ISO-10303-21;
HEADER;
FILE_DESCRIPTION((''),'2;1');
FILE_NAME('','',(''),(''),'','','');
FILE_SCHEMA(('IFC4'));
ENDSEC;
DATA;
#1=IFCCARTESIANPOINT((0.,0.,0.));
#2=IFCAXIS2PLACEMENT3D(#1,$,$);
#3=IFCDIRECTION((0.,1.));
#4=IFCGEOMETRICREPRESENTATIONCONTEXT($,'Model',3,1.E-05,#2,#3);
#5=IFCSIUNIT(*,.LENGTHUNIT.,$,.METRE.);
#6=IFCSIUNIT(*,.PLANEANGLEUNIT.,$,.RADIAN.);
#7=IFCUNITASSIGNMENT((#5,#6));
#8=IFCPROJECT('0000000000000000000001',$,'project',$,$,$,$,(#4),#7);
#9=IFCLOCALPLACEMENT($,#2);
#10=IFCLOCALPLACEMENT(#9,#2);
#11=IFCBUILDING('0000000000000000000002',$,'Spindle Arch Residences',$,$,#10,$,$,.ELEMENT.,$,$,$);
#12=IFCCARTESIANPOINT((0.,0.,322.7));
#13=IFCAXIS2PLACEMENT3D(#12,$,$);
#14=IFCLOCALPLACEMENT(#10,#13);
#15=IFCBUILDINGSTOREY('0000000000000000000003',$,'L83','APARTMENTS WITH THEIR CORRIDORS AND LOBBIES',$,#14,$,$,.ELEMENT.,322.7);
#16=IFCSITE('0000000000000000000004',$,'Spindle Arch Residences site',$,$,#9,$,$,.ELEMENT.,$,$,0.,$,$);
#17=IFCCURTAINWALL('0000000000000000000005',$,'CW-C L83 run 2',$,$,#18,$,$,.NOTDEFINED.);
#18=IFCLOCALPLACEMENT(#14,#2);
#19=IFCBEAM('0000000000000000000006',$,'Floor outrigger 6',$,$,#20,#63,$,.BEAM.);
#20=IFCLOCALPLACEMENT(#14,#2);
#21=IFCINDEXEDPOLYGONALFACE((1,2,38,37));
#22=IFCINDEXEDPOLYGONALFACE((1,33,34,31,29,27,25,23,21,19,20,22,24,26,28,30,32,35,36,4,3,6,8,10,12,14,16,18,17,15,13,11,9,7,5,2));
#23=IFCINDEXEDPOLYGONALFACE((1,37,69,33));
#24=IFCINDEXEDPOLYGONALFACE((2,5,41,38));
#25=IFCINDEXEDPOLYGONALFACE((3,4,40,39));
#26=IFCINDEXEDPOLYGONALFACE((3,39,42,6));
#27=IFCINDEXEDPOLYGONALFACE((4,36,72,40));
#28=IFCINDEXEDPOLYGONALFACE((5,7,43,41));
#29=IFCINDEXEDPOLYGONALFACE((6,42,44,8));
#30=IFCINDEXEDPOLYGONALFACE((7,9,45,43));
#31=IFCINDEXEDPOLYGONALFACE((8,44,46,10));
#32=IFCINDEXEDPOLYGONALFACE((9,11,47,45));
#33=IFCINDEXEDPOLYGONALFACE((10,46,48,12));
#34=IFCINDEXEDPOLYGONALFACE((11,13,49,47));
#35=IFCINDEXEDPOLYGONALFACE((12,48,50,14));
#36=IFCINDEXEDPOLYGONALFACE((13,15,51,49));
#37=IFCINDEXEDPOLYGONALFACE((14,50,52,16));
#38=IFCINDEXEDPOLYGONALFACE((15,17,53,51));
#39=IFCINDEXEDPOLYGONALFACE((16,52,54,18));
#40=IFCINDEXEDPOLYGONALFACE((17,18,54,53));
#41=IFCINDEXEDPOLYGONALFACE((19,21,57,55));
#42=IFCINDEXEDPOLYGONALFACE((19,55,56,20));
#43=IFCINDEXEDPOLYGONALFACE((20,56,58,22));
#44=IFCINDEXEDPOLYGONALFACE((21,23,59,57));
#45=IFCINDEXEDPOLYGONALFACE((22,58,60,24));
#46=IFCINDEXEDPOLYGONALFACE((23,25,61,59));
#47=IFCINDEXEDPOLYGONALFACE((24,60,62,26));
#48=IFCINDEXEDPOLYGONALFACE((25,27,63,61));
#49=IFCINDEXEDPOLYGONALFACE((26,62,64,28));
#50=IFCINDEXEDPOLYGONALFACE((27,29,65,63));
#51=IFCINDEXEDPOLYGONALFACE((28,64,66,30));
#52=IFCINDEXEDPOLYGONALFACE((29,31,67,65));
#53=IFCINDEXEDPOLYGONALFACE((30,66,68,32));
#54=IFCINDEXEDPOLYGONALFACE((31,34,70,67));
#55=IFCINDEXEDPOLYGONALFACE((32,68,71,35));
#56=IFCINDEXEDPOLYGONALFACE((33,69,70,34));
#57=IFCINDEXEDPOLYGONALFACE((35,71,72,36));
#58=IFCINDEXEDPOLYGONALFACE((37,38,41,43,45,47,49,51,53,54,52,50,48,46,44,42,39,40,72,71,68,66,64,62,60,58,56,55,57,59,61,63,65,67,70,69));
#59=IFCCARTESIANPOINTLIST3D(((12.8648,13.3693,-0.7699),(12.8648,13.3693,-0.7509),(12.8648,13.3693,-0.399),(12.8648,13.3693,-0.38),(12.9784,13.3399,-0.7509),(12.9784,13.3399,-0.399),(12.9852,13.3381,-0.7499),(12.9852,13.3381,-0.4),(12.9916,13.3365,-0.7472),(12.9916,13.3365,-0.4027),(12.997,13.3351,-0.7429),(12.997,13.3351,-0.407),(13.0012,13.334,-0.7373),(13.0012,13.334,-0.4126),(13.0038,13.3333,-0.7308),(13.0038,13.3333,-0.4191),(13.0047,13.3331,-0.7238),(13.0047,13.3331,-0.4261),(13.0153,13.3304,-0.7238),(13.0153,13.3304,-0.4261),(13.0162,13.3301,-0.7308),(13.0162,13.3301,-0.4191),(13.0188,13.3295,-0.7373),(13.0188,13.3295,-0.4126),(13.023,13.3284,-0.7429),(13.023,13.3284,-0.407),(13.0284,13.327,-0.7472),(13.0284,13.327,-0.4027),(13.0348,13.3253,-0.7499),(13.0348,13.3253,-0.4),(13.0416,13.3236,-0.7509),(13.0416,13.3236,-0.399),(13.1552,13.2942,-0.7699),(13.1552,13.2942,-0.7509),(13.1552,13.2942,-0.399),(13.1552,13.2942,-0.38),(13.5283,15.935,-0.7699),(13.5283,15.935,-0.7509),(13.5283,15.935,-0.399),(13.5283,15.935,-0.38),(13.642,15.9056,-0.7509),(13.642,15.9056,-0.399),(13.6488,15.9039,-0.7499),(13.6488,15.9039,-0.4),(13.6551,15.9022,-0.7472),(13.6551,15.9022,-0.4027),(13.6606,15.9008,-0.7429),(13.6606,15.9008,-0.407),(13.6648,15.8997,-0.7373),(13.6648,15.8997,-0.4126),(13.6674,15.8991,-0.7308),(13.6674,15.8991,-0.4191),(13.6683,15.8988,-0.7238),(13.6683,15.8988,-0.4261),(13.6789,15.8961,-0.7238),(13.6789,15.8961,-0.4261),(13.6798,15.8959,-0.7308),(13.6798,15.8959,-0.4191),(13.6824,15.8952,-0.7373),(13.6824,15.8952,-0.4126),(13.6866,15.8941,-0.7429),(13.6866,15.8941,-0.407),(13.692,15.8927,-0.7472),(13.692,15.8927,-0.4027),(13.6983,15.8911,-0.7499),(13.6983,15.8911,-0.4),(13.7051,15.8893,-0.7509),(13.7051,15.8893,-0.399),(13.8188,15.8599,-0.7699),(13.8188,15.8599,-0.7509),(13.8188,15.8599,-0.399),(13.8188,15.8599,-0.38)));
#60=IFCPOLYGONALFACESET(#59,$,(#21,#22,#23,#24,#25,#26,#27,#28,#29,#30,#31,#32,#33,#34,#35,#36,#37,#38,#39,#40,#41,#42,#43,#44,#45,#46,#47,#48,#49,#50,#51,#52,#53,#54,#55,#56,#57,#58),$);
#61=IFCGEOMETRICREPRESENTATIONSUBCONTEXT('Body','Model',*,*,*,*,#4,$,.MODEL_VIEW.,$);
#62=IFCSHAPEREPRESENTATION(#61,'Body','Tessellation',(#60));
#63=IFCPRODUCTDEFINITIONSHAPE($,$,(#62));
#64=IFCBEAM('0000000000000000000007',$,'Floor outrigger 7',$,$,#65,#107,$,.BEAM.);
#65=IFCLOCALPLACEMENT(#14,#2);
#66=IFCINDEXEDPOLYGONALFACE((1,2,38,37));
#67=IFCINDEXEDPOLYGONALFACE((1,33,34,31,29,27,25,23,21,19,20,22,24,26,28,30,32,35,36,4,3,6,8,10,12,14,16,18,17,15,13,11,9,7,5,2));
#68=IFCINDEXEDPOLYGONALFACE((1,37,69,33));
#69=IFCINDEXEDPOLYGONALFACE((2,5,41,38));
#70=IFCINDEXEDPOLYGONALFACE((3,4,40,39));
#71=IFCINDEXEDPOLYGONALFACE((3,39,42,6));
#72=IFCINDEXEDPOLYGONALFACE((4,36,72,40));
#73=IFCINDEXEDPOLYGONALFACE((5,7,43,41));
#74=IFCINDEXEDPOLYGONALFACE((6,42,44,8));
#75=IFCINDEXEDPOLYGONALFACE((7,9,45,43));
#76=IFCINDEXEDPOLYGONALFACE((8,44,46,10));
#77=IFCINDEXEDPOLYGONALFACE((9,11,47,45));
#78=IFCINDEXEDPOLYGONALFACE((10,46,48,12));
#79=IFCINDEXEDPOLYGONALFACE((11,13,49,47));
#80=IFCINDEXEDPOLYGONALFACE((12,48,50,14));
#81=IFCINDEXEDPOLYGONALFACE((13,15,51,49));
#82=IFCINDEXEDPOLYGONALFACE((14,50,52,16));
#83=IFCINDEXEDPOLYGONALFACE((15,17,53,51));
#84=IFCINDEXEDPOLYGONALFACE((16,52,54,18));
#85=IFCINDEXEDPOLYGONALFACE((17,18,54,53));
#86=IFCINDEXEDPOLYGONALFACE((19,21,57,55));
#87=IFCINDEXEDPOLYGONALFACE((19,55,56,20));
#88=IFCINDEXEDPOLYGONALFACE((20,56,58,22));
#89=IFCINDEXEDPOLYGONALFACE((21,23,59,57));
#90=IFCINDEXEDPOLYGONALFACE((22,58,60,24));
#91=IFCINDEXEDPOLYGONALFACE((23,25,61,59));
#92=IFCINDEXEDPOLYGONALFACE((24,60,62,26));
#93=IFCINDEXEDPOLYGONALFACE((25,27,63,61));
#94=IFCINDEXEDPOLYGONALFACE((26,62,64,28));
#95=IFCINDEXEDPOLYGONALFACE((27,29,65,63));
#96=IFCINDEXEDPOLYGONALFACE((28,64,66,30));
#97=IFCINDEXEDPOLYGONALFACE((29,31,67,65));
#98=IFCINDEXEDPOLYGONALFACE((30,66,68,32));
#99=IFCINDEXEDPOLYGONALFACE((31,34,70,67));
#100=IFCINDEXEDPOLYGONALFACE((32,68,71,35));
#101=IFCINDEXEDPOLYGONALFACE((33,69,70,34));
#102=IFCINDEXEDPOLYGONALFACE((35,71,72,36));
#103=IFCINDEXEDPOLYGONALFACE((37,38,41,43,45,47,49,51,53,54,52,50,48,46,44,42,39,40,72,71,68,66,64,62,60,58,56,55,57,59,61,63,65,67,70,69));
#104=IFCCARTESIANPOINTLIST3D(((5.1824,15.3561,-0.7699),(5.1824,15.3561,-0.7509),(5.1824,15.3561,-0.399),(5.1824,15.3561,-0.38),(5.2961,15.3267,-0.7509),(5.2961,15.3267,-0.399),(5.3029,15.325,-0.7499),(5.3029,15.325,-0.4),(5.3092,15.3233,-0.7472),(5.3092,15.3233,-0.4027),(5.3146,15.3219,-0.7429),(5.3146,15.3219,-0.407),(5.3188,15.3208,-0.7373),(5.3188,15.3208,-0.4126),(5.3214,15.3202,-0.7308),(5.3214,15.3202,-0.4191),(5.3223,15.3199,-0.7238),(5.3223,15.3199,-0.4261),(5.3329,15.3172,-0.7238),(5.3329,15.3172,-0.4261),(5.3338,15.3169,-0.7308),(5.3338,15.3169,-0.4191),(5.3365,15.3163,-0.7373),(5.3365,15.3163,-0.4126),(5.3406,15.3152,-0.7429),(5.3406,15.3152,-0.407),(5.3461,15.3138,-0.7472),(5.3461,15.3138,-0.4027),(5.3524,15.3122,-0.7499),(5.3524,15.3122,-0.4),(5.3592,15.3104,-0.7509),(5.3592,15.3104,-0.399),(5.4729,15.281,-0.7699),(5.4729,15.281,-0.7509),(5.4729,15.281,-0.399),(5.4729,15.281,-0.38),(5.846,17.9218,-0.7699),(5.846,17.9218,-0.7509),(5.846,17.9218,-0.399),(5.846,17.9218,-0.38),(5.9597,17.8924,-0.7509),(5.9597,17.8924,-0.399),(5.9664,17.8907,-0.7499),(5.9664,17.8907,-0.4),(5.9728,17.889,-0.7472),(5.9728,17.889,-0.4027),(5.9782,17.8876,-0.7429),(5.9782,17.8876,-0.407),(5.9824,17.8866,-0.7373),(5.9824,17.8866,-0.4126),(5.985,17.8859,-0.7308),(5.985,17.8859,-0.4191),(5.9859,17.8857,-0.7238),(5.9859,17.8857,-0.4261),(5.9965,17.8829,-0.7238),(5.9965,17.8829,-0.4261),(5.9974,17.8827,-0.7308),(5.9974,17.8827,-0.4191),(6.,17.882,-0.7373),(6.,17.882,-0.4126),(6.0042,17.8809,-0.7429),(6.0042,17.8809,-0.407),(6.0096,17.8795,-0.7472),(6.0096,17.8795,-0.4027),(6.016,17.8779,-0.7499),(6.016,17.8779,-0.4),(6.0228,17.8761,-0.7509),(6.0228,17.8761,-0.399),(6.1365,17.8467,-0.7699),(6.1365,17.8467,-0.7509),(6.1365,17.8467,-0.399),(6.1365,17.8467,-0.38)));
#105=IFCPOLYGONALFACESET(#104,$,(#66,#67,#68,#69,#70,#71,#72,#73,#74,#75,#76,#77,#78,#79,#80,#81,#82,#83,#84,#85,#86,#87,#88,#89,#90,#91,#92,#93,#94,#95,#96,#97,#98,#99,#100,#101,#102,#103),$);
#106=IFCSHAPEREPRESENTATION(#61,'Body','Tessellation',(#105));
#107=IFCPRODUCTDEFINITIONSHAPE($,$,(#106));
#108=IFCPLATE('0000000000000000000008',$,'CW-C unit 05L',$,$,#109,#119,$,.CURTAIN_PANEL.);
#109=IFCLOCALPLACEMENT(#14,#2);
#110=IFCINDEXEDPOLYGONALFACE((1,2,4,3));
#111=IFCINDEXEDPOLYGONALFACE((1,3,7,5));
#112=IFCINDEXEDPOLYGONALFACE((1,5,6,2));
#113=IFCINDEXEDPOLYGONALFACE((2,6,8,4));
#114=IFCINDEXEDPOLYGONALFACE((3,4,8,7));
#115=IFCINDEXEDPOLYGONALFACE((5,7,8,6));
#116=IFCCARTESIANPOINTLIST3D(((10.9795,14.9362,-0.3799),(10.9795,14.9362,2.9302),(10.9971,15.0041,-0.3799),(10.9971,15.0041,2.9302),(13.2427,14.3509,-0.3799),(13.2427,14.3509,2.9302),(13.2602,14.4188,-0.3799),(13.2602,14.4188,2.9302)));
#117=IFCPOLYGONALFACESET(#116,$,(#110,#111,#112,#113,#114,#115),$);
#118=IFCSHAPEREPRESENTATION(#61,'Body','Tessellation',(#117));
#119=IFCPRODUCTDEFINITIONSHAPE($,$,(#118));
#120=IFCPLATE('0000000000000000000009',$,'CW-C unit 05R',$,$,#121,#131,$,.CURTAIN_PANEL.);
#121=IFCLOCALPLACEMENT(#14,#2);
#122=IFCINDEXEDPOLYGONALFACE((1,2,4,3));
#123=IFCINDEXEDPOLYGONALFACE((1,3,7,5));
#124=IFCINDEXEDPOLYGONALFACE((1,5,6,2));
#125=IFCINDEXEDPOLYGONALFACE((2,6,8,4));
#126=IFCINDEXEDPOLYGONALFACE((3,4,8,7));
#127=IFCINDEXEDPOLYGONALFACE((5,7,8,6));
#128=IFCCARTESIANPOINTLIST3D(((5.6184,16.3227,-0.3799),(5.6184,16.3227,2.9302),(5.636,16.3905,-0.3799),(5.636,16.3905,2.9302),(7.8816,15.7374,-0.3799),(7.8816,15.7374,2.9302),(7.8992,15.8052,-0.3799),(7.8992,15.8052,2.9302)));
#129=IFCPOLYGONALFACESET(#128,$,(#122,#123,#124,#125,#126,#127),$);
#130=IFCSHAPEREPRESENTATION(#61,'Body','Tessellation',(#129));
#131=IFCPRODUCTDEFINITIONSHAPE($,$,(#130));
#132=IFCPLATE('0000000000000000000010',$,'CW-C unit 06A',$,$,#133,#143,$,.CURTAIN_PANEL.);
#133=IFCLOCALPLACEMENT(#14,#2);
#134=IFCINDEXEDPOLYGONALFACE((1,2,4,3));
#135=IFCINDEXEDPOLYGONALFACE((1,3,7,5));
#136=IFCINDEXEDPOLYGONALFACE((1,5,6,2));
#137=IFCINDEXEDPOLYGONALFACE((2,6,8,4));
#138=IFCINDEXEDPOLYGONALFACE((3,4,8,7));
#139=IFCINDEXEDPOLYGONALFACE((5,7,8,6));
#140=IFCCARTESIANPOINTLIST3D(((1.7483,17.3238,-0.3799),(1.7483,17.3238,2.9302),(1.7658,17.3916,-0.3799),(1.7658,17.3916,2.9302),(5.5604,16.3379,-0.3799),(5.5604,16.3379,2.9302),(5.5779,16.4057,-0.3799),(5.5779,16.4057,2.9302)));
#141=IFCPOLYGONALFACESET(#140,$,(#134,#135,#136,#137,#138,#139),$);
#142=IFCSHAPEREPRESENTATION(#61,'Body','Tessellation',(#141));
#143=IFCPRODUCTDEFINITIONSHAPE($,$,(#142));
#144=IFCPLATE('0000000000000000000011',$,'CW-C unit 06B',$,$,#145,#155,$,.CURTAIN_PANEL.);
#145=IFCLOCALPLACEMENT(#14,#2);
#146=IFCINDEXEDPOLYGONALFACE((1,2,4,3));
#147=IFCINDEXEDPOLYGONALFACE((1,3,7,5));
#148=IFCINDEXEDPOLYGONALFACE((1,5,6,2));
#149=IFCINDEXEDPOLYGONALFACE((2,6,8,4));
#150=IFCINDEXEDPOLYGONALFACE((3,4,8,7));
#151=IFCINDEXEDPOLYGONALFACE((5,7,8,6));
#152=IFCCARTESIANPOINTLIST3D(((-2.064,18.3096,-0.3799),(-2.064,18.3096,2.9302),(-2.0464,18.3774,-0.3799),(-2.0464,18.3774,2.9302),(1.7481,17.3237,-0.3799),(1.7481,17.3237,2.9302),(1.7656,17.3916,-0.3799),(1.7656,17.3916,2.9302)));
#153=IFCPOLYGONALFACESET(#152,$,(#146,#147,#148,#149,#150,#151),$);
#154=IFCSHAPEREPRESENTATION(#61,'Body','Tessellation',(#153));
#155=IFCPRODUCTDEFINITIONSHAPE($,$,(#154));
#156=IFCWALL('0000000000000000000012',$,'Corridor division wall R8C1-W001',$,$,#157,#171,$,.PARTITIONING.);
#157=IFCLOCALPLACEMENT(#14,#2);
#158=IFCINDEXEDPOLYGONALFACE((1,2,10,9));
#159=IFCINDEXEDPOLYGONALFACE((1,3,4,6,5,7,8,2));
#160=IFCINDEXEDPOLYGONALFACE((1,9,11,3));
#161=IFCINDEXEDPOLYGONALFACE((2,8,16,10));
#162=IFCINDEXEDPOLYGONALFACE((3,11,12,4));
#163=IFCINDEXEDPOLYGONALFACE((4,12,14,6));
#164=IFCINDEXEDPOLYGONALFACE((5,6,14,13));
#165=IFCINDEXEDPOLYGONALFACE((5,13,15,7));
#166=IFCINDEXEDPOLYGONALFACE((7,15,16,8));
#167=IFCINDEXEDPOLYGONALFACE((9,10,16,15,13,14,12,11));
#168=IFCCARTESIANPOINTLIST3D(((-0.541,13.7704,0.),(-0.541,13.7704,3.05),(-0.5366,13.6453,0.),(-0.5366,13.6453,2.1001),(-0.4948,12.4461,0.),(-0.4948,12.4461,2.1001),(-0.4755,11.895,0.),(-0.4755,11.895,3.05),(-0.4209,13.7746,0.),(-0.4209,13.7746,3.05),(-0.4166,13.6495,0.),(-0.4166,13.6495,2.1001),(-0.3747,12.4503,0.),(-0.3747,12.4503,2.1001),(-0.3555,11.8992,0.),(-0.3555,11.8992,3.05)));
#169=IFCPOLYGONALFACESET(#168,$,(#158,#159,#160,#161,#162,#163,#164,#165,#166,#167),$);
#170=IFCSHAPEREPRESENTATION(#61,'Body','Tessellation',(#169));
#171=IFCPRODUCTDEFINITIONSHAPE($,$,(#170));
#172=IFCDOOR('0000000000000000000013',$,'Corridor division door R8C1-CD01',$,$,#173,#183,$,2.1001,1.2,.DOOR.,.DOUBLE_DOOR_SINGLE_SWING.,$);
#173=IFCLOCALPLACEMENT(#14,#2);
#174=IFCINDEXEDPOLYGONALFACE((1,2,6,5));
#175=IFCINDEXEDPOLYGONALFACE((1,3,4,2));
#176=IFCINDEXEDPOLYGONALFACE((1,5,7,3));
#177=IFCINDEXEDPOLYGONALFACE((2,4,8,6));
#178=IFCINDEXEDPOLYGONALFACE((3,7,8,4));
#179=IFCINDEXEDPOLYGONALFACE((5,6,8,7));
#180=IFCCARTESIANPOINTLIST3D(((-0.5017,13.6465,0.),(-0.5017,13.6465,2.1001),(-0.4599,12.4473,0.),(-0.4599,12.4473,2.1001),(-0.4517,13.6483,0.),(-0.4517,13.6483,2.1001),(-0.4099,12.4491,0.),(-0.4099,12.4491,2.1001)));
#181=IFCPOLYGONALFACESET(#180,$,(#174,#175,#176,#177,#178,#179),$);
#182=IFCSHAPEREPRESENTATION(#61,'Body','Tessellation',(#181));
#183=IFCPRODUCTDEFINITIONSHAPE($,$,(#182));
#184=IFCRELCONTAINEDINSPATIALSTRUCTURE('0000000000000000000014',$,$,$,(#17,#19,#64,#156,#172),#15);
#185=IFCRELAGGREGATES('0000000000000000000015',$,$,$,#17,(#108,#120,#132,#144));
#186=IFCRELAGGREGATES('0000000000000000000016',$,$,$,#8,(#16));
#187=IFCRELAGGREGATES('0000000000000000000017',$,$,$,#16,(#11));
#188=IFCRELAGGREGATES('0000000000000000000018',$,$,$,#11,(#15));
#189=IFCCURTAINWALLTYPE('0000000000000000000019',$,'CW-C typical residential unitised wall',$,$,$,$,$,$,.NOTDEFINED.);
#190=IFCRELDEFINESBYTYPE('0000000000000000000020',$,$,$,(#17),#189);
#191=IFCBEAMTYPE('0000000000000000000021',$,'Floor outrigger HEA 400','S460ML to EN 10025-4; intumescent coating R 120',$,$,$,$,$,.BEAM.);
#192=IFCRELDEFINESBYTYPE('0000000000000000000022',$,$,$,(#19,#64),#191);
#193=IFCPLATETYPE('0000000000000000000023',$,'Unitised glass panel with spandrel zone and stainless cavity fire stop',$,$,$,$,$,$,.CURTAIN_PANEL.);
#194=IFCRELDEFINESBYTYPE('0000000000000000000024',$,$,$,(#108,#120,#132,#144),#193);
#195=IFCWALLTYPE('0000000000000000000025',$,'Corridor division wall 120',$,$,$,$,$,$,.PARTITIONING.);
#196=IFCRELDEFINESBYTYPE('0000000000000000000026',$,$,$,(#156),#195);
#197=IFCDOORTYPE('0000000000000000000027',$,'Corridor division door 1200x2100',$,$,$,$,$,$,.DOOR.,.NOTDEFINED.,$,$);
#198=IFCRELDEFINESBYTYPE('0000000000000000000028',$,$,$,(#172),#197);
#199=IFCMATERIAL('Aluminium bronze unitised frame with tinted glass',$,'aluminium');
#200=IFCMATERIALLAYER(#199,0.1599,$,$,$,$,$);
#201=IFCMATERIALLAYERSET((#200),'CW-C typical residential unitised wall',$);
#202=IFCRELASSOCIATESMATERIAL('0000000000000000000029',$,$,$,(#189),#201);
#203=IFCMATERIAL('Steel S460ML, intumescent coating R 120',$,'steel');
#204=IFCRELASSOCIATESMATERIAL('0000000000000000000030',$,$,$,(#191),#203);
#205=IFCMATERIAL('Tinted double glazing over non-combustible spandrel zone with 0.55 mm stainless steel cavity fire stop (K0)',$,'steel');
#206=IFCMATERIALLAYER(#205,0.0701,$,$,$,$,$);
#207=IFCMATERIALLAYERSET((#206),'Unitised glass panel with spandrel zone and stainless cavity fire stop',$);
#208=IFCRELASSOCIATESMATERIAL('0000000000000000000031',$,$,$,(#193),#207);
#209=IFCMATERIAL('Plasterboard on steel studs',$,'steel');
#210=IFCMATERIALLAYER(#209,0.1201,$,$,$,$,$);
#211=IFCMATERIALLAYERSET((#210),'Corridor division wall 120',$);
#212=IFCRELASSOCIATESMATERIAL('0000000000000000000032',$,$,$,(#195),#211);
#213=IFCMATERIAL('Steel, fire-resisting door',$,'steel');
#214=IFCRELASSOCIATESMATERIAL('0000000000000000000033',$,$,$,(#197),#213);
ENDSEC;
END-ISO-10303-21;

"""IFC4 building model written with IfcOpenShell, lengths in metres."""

from ifc_helpers import new_model, si_unit, direction, frame, frame_2d, origin, origin_2d, place, context, subcontext, project, spatial, rectangle, i_section, extrude, material, layer, layer_set, material_profile, profile_set, type_object, element, fill, aggregate, save


model = new_model("IFC4")

# Units and contexts
model_context = context("Model", 3, precision=1e-05, world=origin(), true_north=direction((0.0, 1.0)))
body_context = subcontext(model_context, "Body", "Model", "MODEL_VIEW")
ifc_project = project(units=[si_unit("LENGTHUNIT", "METRE"), si_unit("PLANEANGLEUNIT", "RADIAN")], contexts=[model_context])

# Site, building, storey
site_placement = place(None, origin())
site = spatial("IfcSite", under=ifc_project, at=site_placement, Name="Spindle Arch Residences site", CompositionType="ELEMENT", RefElevation=0.0)
building_placement = place(site_placement, origin())
building = spatial("IfcBuilding", under=site, at=building_placement, Name="Spindle Arch Residences", CompositionType="ELEMENT")
storey_placement = place(building_placement, frame((0.0, 0.0, 322.7)))
storey = spatial("IfcBuildingStorey", under=building, at=storey_placement, Name="L83", Description="APARTMENTS WITH THEIR CORRIDORS AND LOBBIES", CompositionType="ELEMENT", Elevation=322.7)

# Curtain wall
ifc_material_1 = material(Name="Aluminium bronze unitised frame with tinted glass", Category="aluminium")
ifc_layer_1 = layer(ifc_material_1, 0.1599)
ifc_layer_set_1 = layer_set([ifc_layer_1], Name="CW-C typical residential unitised wall")
curtain_wall_type = type_object("IfcCurtainWallType", Name="CW-C typical residential unitised wall", PredefinedType="NOTDEFINED", material=ifc_layer_set_1)
curtain_wall_placement = place(storey_placement, origin())
curtain_wall = element("IfcCurtainWall", 1, at=curtain_wall_placement, inside=storey, type_object=curtain_wall_type, Name="CW-C L83 run 2", PredefinedType="NOTDEFINED")

# Beams
ifc_material_2 = material(Name="Steel S460ML, intumescent coating R 120", Category="steel")
ifc_material_profile_1 = material_profile(ifc_material_2, i_section(OverallWidth=0.3, OverallDepth=0.3899, WebThickness=0.011, FlangeThickness=0.019, FilletRadius=0.0271, at=origin_2d()), Name="HEA 400")
ifc_profile_set_1 = profile_set([ifc_material_profile_1], Name="Steel S460ML, intumescent coating R 120")
beam_type_1 = type_object("IfcBeamType", Name="Floor outrigger HEA 400", Description="S460ML to EN 10025-4; intumescent coating R 120", PredefinedType="BEAM", material=ifc_profile_set_1)
for number, where, z_axis, x_axis, name in (
    (2, (13.6736, 15.8975, -0.575), (-0.250396, -0.968143, 0.0), (0.968143, -0.250396, 0.0), "Floor outrigger 6"),
    (3, (5.9912, 17.8843, -0.575), (-0.250396, -0.968143, 0.0), (0.968143, -0.250396, 0.0), "Floor outrigger 7"),
):
    element("IfcBeam", number, at=place(storey_placement, frame(where, z_axis=z_axis, x_axis=x_axis)), inside=storey, type_object=beam_type_1, Name=name, PredefinedType="BEAM", context=body_context, shape_type="SweptSolid", body=[
        extrude(i_section(OverallWidth=0.3, OverallDepth=0.3899, WebThickness=0.011, FlangeThickness=0.019, FilletRadius=0.0271, at=origin_2d()), origin(), (0.0, 0.0, 1.0), 2.6501),
    ])

# Plates
ifc_material_3 = material(Name="Tinted double glazing over non-combustible spandrel zone with 0.55 mm stainless steel cavity fire stop (K0)", Category="steel")
ifc_layer_2 = layer(ifc_material_3, 0.0701)
ifc_layer_set_2 = layer_set([ifc_layer_2], Name="Unitised glass panel with spandrel zone and stainless cavity fire stop")
plate_type = type_object("IfcPlateType", Name="Unitised glass panel with spandrel zone and stainless cavity fire stop", PredefinedType="CURTAIN_PANEL", material=ifc_layer_set_2)
plate_1_placement = place(storey_placement, frame((12.1199, 14.6775, -0.3799), z_axis=(0.0, 0.0, 1.0), x_axis=(-0.968148, 0.25038, 0.0)))
plate_1 = element("IfcPlate", 4, at=plate_1_placement, type_object=plate_type, Name="CW-C unit 05L", PredefinedType="CURTAIN_PANEL", context=body_context, shape_type="SweptSolid", body=[
    extrude(rectangle(XDim=2.3376, YDim=0.0701, at=origin_2d()), origin(), (0.0, 0.0, 1.0), 3.3101),
])
plate_2_placement = place(storey_placement, frame((6.7588, 16.064, -0.3799), z_axis=(0.0, 0.0, 1.0), x_axis=(-0.968148, 0.25038, 0.0)))
plate_2 = element("IfcPlate", 5, at=plate_2_placement, type_object=plate_type, Name="CW-C unit 05R", PredefinedType="CURTAIN_PANEL", context=body_context, shape_type="SweptSolid", body=[
    extrude(rectangle(XDim=2.3376, YDim=0.0701, at=origin_2d()), origin(), (0.0, 0.0, 1.0), 3.3101),
])
plate_3_placement = place(storey_placement, frame((3.6631, 16.8647, -0.3799), z_axis=(0.0, 0.0, 1.0), x_axis=(-0.968148, 0.25038, 0.0)))
plate_3 = element("IfcPlate", 6, at=plate_3_placement, type_object=plate_type, Name="CW-C unit 06A", PredefinedType="CURTAIN_PANEL", context=body_context, shape_type="SweptSolid", body=[
    extrude(rectangle(XDim=3.9375, YDim=0.0701, at=origin_2d()), origin(), (0.0, 0.0, 1.0), 3.3101),
])
plate_4_placement = place(storey_placement, frame((-0.1492, 17.8506, -0.3799), z_axis=(0.0, 0.0, 1.0), x_axis=(-0.968148, 0.25038, 0.0)))
plate_4 = element("IfcPlate", 7, at=plate_4_placement, type_object=plate_type, Name="CW-C unit 06B", PredefinedType="CURTAIN_PANEL", context=body_context, shape_type="SweptSolid", body=[
    extrude(rectangle(XDim=3.9375, YDim=0.0701, at=origin_2d()), origin(), (0.0, 0.0, 1.0), 3.3101),
])
aggregate(curtain_wall, [plate_1, plate_2, plate_3, plate_4])

# Wall, opening, door
ifc_material_4 = material(Name="Plasterboard on steel studs", Category="steel")
ifc_layer_3 = layer(ifc_material_4, 0.1201)
ifc_layer_set_3 = layer_set([ifc_layer_3], Name="Corridor division wall 120")
wall_type_1 = type_object("IfcWallType", Name="Corridor division wall 120", PredefinedType="PARTITIONING", material=ifc_layer_set_3)
wall_1_placement = place(storey_placement, frame((-0.481, 13.7725, 0.0), z_axis=(0.0, 0.0, 1.0), x_axis=(0.03487, -0.999392, 0.0)))
wall_1 = element("IfcWall", 8, at=wall_1_placement, inside=storey, type_object=wall_type_1, Name="Corridor division wall R8C1-W001", PredefinedType="PARTITIONING", context=body_context, shape_type="SweptSolid", body=[
    extrude(rectangle(XDim=1.8765, YDim=0.1201, at=frame_2d((0.9382, 0.0))), origin(), (0.0, 0.0, 1.0), 3.05),
])
opening_1_placement = place(wall_1_placement, frame((0.125, 0.0, 0.0)))
opening_1 = element("IfcOpeningElement", 9, at=opening_1_placement, cuts=wall_1, PredefinedType="OPENING", context=body_context, shape_type="SweptSolid", body=[
    extrude(rectangle(XDim=1.2, YDim=2.1001, at=frame_2d((0.6001, 1.05))), frame((0.0, 0.0701, 0.0), z_axis=(0.0, -1.0, 0.0), x_axis=(1.0, 0.0, 0.0)), (0.0, 0.0, 1.0), 0.1401),
])
ifc_material_5 = material(Name="Steel, fire-resisting door", Category="steel")
door_type_1 = type_object("IfcDoorType", Name="Corridor division door 1200x2100", OperationType="NOTDEFINED", PredefinedType="DOOR", material=ifc_material_5)
door_1_placement = place(opening_1_placement, origin())
door_1 = element("IfcDoor", 10, at=door_1_placement, inside=storey, type_object=door_type_1, Name="Corridor division door R8C1-CD01", OperationType="DOUBLE_DOOR_SINGLE_SWING", OverallHeight=2.1001, OverallWidth=1.2, PredefinedType="DOOR", context=body_context, shape_type="SweptSolid", body=[
    extrude(rectangle(XDim=1.2, YDim=2.1001, at=frame_2d((0.6001, 1.05))), frame((0.0, 0.0249, 0.0), z_axis=(0.0, -1.0, 0.0), x_axis=(1.0, 0.0, 0.0)), (0.0, 0.0, 1.0), 0.05),
])
fill(opening_1, door_1)

save(model, "model.ifc")
